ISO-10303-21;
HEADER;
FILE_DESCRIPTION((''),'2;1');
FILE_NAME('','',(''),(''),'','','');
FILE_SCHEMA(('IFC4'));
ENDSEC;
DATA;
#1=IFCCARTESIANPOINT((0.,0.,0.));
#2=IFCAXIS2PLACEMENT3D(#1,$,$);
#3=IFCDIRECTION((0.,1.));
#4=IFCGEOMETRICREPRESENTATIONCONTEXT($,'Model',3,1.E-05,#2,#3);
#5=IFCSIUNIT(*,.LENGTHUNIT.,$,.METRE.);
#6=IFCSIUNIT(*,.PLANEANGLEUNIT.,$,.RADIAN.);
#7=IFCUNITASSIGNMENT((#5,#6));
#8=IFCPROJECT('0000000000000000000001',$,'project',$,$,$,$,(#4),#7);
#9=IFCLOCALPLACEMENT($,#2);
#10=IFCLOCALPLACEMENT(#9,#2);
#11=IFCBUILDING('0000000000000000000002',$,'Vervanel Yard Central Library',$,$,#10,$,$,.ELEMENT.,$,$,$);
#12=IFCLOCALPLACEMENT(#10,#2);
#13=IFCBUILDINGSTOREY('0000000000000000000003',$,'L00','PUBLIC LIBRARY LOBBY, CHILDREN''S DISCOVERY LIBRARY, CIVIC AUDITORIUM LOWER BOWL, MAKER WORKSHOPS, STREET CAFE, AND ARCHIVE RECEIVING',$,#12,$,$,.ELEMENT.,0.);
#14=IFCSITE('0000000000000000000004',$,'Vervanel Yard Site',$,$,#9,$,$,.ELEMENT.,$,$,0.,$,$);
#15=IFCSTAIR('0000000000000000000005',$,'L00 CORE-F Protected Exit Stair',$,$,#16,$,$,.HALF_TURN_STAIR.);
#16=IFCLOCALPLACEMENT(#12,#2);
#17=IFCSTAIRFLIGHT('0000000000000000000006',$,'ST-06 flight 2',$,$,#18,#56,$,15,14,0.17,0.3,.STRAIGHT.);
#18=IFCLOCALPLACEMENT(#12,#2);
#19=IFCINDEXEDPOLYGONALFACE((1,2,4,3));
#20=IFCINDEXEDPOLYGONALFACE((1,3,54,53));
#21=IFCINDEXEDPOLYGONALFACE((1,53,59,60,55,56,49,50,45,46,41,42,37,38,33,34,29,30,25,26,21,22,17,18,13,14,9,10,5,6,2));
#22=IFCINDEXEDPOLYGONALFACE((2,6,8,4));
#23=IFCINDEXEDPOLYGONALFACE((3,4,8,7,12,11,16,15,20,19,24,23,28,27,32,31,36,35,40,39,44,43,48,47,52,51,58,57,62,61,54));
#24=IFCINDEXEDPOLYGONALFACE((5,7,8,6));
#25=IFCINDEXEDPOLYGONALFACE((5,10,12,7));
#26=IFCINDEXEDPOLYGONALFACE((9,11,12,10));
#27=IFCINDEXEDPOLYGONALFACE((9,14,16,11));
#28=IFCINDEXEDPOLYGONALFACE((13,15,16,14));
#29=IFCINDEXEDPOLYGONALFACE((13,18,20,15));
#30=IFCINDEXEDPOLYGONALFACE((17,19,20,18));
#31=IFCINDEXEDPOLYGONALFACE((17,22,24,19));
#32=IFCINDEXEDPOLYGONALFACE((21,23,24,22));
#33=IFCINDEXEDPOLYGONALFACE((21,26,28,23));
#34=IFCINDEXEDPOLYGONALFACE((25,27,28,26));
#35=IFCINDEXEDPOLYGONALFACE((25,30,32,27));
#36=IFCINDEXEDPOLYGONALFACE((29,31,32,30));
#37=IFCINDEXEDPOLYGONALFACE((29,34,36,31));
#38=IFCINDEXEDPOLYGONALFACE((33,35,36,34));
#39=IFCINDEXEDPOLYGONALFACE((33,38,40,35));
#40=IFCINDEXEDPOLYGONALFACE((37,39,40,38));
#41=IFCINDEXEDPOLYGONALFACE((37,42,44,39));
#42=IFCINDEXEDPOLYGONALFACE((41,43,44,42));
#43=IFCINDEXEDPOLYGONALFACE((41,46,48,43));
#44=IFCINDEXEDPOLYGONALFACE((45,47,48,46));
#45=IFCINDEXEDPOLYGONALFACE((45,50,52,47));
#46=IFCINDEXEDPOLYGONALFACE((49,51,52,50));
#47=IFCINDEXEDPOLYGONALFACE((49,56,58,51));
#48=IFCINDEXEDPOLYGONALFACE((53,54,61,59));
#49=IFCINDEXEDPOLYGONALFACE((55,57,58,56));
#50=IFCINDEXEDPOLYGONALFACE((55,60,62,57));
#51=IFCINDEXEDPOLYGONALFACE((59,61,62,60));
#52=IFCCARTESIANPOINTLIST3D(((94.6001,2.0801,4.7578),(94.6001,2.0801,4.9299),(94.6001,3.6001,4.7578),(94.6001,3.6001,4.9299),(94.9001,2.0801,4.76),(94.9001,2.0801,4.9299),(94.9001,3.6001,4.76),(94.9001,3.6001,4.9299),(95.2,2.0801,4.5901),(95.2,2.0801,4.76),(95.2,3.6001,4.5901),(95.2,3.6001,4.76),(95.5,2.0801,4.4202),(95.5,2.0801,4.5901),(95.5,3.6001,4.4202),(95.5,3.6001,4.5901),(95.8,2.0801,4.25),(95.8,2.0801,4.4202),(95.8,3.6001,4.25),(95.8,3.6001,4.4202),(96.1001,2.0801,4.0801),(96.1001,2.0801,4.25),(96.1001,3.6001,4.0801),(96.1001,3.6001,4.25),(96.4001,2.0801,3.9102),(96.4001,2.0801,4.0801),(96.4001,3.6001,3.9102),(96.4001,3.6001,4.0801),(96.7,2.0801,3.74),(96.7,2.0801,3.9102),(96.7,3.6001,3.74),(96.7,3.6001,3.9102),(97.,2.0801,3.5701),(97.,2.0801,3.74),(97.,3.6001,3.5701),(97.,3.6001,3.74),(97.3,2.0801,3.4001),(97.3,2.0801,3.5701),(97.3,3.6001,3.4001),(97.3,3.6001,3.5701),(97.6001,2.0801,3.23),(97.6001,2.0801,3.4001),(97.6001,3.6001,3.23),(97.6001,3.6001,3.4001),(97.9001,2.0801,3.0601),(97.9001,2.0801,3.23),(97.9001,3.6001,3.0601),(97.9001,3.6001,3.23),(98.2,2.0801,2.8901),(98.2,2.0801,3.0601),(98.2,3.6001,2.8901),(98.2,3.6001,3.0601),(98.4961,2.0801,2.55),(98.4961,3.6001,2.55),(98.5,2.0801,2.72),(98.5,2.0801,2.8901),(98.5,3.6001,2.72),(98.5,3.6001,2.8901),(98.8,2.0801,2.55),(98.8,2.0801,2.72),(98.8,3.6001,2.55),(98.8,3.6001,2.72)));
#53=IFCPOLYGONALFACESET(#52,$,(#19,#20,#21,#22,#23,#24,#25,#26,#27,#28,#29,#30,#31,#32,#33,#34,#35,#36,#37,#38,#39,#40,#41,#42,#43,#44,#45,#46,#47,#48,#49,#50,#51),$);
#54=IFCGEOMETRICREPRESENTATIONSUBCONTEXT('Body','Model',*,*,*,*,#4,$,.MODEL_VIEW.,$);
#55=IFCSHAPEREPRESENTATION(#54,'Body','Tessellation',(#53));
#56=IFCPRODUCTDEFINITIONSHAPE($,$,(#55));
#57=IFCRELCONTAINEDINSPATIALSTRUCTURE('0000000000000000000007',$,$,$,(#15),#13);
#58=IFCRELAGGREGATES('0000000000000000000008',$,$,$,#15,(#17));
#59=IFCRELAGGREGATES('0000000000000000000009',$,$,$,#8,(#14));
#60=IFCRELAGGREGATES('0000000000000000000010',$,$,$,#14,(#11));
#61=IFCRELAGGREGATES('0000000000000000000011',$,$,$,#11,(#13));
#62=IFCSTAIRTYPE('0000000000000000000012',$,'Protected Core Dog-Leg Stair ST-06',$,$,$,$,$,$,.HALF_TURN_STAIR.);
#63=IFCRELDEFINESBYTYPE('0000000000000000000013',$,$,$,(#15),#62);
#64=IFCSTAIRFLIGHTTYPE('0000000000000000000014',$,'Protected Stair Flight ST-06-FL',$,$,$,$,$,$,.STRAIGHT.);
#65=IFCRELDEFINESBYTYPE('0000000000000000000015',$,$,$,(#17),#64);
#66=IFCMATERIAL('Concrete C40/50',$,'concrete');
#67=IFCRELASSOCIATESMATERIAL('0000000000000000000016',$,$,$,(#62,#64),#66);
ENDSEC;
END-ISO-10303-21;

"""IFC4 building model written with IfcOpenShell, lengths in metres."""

from ifc_helpers import new_model, si_unit, direction, frame, origin, place, context, subcontext, project, spatial, polyline, outline, extrude, material, type_object, element, aggregate, save


model = new_model("IFC4")

# Units and contexts
model_context = context("Model", 3, precision=1e-05, world=origin(), true_north=direction((0.0, 1.0)))
body_context = subcontext(model_context, "Body", "Model", "MODEL_VIEW")
ifc_project = project(units=[si_unit("LENGTHUNIT", "METRE"), si_unit("PLANEANGLEUNIT", "RADIAN")], contexts=[model_context])

# Site, building, storey
site_placement = place(None, origin())
site = spatial("IfcSite", under=ifc_project, at=site_placement, Name="Vervanel Yard Site", CompositionType="ELEMENT", RefElevation=0.0)
building_placement = place(site_placement, origin())
building = spatial("IfcBuilding", under=site, at=building_placement, Name="Vervanel Yard Central Library", CompositionType="ELEMENT")
storey_placement = place(building_placement, origin())
storey = spatial("IfcBuildingStorey", under=building, at=storey_placement, Name="L00", Description="PUBLIC LIBRARY LOBBY, CHILDREN'S DISCOVERY LIBRARY, CIVIC AUDITORIUM LOWER BOWL, MAKER WORKSHOPS, STREET CAFE, AND ARCHIVE RECEIVING", CompositionType="ELEMENT", Elevation=0.0)

# Shared definitions
ifc_material_1 = material(Name="Concrete C40/50", Category="concrete")

# Stair, stair flight
stair_type = type_object("IfcStairType", Name="Protected Core Dog-Leg Stair ST-06", PredefinedType="HALF_TURN_STAIR", material=ifc_material_1)
stair_placement = place(storey_placement, origin())
stair = element("IfcStair", 1, at=stair_placement, inside=storey, type_object=stair_type, Name="L00 CORE-F Protected Exit Stair", PredefinedType="HALF_TURN_STAIR")
stair_flight_type = type_object("IfcStairFlightType", Name="Protected Stair Flight ST-06-FL", PredefinedType="STRAIGHT", material=ifc_material_1)
stair_flight_placement = place(storey_placement, frame((98.8, 2.8401, 2.55), z_axis=(0.0, 0.0, 1.0), x_axis=(-1.0, 0.0, 0.0)))
stair_flight = element("IfcStairFlight", 2, at=stair_flight_placement, type_object=stair_flight_type, Name="ST-06 flight 2", NumberOfRisers=15, NumberOfTreads=14, PredefinedType="STRAIGHT", RiserHeight=0.17, TreadLength=0.3, context=body_context, shape_type="SweptSolid", body=[
    extrude(outline(polyline([(0.0, 0.0), (0.0, 0.1699), (0.3, 0.1699), (0.3, 0.3401), (0.6001, 0.3401), (0.6001, 0.51), (0.8999, 0.51), (0.8999, 0.6799), (1.2, 0.6799), (1.2, 0.8501), (1.5, 0.8501), (1.5, 1.02), (1.8, 1.02), (1.8, 1.1899), (2.1001, 1.1899), (2.1001, 1.3601), (2.3999, 1.3601), (2.3999, 1.53), (2.7, 1.53), (2.7, 1.7), (3.0, 1.7), (3.0, 1.8701), (3.3, 1.8701), (3.3, 2.04), (3.6001, 2.04), (3.6001, 2.21), (3.8999, 2.21), (3.8999, 2.3799), (4.2, 2.3799), (4.2, 2.55), (4.2, 2.2078), (0.304, 0.0), (0.0, 0.0)])), frame((0.0, 0.76, 0.0), z_axis=(0.0, -1.0, 0.0), x_axis=(1.0, 0.0, 0.0)), (0.0, 0.0, 1.0), 1.52),
])
aggregate(stair, [stair_flight])

save(model, "model.ifc")
